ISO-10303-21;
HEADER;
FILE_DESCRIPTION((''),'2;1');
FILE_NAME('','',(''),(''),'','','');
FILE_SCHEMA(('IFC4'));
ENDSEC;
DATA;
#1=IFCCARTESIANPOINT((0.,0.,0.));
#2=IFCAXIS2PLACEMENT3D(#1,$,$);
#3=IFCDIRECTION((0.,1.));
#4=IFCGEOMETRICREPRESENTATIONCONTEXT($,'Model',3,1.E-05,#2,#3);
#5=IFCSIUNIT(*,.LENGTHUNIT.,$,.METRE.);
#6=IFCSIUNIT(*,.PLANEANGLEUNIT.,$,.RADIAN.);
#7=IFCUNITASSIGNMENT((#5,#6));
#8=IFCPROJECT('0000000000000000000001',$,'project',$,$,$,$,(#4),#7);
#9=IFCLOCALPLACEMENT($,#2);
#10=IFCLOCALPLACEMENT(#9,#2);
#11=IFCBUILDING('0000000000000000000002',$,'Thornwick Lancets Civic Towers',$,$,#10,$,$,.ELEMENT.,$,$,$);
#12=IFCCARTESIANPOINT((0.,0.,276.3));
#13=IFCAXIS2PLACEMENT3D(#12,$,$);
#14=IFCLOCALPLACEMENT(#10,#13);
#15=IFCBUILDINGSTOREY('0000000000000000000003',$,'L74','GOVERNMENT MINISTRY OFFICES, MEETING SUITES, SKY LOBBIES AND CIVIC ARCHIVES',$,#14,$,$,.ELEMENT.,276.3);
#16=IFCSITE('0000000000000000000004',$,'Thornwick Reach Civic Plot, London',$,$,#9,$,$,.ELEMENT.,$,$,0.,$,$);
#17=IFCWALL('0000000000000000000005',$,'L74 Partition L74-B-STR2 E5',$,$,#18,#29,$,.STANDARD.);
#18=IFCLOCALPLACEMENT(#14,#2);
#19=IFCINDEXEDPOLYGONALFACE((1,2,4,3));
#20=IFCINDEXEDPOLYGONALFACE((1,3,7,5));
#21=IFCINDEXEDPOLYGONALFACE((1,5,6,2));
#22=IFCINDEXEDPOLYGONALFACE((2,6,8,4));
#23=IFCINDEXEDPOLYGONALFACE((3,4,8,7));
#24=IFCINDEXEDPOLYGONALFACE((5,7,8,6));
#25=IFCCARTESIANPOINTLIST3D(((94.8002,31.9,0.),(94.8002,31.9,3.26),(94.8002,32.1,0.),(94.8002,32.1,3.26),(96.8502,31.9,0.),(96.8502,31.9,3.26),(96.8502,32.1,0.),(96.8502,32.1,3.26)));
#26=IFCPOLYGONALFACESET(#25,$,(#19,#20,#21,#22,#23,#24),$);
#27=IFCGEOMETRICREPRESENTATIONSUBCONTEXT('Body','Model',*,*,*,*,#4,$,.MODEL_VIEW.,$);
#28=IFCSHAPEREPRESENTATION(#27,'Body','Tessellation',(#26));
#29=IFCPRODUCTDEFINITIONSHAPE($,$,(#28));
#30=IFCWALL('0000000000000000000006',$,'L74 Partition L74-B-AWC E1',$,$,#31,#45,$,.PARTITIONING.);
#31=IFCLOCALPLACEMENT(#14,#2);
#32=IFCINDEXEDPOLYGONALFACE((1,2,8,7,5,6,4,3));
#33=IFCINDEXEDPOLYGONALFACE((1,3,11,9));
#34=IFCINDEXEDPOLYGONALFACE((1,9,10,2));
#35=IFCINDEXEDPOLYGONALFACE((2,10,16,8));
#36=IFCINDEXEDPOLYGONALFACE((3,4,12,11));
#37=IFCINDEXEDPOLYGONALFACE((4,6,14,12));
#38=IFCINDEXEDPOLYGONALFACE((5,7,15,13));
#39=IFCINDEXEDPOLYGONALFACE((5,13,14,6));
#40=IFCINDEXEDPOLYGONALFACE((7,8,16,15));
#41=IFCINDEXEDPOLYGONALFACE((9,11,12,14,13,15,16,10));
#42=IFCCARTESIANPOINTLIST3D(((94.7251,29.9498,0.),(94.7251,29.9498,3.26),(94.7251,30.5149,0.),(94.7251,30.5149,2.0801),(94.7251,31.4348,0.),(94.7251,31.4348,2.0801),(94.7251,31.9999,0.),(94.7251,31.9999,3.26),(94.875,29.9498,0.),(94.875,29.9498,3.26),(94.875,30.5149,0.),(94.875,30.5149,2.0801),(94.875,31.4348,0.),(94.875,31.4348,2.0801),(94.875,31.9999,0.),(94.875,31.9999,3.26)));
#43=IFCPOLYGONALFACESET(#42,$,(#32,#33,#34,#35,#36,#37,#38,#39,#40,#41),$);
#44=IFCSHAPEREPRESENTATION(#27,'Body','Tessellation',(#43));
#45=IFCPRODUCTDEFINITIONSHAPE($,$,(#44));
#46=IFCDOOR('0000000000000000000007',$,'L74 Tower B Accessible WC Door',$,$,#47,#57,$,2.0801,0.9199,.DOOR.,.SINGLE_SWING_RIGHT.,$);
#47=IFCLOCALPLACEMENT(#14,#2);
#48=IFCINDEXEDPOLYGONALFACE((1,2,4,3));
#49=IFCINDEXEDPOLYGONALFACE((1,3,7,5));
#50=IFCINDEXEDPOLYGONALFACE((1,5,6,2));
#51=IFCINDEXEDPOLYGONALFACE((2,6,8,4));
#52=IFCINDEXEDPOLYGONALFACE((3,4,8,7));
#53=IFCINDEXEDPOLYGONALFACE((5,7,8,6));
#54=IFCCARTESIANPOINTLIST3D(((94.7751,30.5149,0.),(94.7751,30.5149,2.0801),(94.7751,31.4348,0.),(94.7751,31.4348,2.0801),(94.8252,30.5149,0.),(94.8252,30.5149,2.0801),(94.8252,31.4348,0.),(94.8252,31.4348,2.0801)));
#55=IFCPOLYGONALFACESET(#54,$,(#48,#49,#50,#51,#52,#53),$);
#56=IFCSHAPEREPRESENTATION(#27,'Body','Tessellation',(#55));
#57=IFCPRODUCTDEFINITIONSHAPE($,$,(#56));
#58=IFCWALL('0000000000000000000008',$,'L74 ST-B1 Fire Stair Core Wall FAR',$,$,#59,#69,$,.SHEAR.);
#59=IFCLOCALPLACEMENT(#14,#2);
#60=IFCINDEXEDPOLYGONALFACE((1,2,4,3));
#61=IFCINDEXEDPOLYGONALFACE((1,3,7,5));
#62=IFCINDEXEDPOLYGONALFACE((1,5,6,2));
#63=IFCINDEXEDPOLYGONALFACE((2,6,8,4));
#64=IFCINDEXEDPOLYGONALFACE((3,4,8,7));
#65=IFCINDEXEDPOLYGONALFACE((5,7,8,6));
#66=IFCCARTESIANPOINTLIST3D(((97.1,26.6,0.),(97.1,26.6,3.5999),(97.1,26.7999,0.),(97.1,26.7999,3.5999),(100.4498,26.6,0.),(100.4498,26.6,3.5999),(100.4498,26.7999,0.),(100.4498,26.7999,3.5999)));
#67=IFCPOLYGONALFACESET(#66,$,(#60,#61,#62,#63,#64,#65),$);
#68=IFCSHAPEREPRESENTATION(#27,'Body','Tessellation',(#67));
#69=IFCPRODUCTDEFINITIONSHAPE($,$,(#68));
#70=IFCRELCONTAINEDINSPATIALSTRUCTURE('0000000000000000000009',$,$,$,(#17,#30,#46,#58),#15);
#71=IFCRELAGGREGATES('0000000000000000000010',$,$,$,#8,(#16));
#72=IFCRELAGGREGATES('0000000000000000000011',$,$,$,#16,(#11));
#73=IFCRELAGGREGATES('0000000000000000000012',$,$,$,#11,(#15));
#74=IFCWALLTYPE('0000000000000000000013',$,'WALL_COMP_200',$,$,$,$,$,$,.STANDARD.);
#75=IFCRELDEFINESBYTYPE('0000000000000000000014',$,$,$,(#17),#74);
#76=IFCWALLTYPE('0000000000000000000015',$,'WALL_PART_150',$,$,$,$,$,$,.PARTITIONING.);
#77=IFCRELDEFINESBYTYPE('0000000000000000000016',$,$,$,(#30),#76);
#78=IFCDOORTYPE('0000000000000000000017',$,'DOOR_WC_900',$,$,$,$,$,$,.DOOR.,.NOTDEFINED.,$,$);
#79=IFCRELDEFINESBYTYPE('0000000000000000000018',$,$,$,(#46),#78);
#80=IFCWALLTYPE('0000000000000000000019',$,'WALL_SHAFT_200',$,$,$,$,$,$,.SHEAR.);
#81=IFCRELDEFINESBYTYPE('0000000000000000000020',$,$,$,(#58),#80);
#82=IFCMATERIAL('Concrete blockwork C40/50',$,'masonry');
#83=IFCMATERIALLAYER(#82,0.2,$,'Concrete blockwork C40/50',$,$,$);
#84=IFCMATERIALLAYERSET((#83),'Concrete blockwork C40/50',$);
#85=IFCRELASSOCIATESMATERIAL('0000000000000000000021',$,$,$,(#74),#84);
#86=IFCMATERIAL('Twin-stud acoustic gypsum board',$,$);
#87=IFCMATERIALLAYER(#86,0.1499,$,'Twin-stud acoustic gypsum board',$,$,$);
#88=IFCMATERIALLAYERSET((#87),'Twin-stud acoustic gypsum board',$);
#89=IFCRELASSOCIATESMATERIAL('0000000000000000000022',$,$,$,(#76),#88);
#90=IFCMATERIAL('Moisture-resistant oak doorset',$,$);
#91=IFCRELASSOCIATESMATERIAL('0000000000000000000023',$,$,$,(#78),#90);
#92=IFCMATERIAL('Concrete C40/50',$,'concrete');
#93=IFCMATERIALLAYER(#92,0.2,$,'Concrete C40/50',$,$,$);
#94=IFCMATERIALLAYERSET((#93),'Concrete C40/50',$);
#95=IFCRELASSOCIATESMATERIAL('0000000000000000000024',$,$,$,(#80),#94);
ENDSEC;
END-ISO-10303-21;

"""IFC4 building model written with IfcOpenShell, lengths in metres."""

from ifc_helpers import new_model, si_unit, direction, frame, frame_2d, origin, place, context, subcontext, project, spatial, rectangle, extrude, material, layer, layer_set, type_object, element, fill, save


model = new_model("IFC4")

# Units and contexts
model_context = context("Model", 3, precision=1e-05, world=origin(), true_north=direction((0.0, 1.0)))
body_context = subcontext(model_context, "Body", "Model", "MODEL_VIEW")
ifc_project = project(units=[si_unit("LENGTHUNIT", "METRE"), si_unit("PLANEANGLEUNIT", "RADIAN")], contexts=[model_context])

# Site, building, storey
site_placement = place(None, origin())
site = spatial("IfcSite", under=ifc_project, at=site_placement, Name="Thornwick Reach Civic Plot, London", CompositionType="ELEMENT", RefElevation=0.0)
building_placement = place(site_placement, origin())
building = spatial("IfcBuilding", under=site, at=building_placement, Name="Thornwick Lancets Civic Towers", CompositionType="ELEMENT")
storey_placement = place(building_placement, frame((0.0, 0.0, 276.3)))
storey = spatial("IfcBuildingStorey", under=building, at=storey_placement, Name="L74", Description="GOVERNMENT MINISTRY OFFICES, MEETING SUITES, SKY LOBBIES AND CIVIC ARCHIVES", CompositionType="ELEMENT", Elevation=276.3)

# Shared definitions
ifc_material_1 = material(Name="Concrete blockwork C40/50", Category="masonry")
ifc_layer_1 = layer(ifc_material_1, 0.2, Name="Concrete blockwork C40/50")
ifc_layer_set_1 = layer_set([ifc_layer_1], Name="Concrete blockwork C40/50")
wall_type_1 = type_object("IfcWallType", Name="WALL_COMP_200", PredefinedType="STANDARD", material=ifc_layer_set_1)

# Wall
wall_1_placement = place(storey_placement, frame((96.8501, 32.0, 0.0), z_axis=(0.0, 0.0, 1.0), x_axis=(-1.0, 0.0, 0.0)))
element("IfcWall", 1, at=wall_1_placement, inside=storey, type_object=wall_type_1, Name="L74 Partition L74-B-STR2 E5", PredefinedType="STANDARD", context=body_context, shape_type="SweptSolid", body=[
    extrude(rectangle(XDim=2.05, YDim=0.2, at=frame_2d((1.0249, 0.0))), origin(), (0.0, 0.0, 1.0), 3.26),
])

# Wall, opening, door
ifc_material_2 = material(Name="Twin-stud acoustic gypsum board")
ifc_layer_2 = layer(ifc_material_2, 0.1499, Name="Twin-stud acoustic gypsum board")
ifc_layer_set_2 = layer_set([ifc_layer_2], Name="Twin-stud acoustic gypsum board")
wall_type_2 = type_object("IfcWallType", Name="WALL_PART_150", PredefinedType="PARTITIONING", material=ifc_layer_set_2)
wall_2_placement = place(storey_placement, frame((94.8, 29.95, 0.0), z_axis=(0.0, 0.0, 1.0), x_axis=(0.0, 1.0, 0.0)))
wall_2 = element("IfcWall", 2, at=wall_2_placement, inside=storey, type_object=wall_type_2, Name="L74 Partition L74-B-AWC E1", PredefinedType="PARTITIONING", context=body_context, shape_type="SweptSolid", body=[
    extrude(rectangle(XDim=2.05, YDim=0.1499, at=frame_2d((1.0249, 0.0))), origin(), (0.0, 0.0, 1.0), 3.26),
])
opening_1_placement = place(wall_2_placement, frame((0.5649, 0.0, 0.0)))
opening_1 = element("IfcOpeningElement", 3, at=opening_1_placement, cuts=wall_2, PredefinedType="OPENING", context=body_context, shape_type="SweptSolid", body=[
    extrude(rectangle(XDim=0.9199, YDim=2.0801, at=frame_2d((0.46, 1.04))), frame((0.0, 0.085, 0.0), z_axis=(0.0, -1.0, 0.0), x_axis=(1.0, 0.0, 0.0)), (0.0, 0.0, 1.0), 0.1699),
])
ifc_material_3 = material(Name="Moisture-resistant oak doorset")
door_type_1 = type_object("IfcDoorType", Name="DOOR_WC_900", OperationType="NOTDEFINED", PredefinedType="DOOR", material=ifc_material_3)
door_1_placement = place(opening_1_placement, origin())
door_1 = element("IfcDoor", 4, at=door_1_placement, inside=storey, type_object=door_type_1, Name="L74 Tower B Accessible WC Door", OperationType="SINGLE_SWING_RIGHT", OverallHeight=2.0801, OverallWidth=0.9199, PredefinedType="DOOR", context=body_context, shape_type="SweptSolid", body=[
    extrude(rectangle(XDim=0.9199, YDim=2.0801, at=frame_2d((0.46, 1.04))), frame((0.0, 0.0249, 0.0), z_axis=(0.0, -1.0, 0.0), x_axis=(1.0, 0.0, 0.0)), (0.0, 0.0, 1.0), 0.05),
])
fill(opening_1, door_1)

# Wall
ifc_material_4 = material(Name="Concrete C40/50", Category="concrete")
ifc_layer_3 = layer(ifc_material_4, 0.2, Name="Concrete C40/50")
ifc_layer_set_3 = layer_set([ifc_layer_3], Name="Concrete C40/50")
wall_type_3 = type_object("IfcWallType", Name="WALL_SHAFT_200", PredefinedType="SHEAR", material=ifc_layer_set_3)
wall_3_placement = place(storey_placement, frame((97.1001, 26.7, 0.0), z_axis=(0.0, 0.0, 1.0), x_axis=(1.0, 0.0, 0.0)))
element("IfcWall", 5, at=wall_3_placement, inside=storey, type_object=wall_type_3, Name="L74 ST-B1 Fire Stair Core Wall FAR", PredefinedType="SHEAR", context=body_context, shape_type="SweptSolid", body=[
    extrude(rectangle(XDim=3.3499, YDim=0.2, at=frame_2d((1.6748, 0.0))), origin(), (0.0, 0.0, 1.0), 3.5999),
])

save(model, "model.ifc")
